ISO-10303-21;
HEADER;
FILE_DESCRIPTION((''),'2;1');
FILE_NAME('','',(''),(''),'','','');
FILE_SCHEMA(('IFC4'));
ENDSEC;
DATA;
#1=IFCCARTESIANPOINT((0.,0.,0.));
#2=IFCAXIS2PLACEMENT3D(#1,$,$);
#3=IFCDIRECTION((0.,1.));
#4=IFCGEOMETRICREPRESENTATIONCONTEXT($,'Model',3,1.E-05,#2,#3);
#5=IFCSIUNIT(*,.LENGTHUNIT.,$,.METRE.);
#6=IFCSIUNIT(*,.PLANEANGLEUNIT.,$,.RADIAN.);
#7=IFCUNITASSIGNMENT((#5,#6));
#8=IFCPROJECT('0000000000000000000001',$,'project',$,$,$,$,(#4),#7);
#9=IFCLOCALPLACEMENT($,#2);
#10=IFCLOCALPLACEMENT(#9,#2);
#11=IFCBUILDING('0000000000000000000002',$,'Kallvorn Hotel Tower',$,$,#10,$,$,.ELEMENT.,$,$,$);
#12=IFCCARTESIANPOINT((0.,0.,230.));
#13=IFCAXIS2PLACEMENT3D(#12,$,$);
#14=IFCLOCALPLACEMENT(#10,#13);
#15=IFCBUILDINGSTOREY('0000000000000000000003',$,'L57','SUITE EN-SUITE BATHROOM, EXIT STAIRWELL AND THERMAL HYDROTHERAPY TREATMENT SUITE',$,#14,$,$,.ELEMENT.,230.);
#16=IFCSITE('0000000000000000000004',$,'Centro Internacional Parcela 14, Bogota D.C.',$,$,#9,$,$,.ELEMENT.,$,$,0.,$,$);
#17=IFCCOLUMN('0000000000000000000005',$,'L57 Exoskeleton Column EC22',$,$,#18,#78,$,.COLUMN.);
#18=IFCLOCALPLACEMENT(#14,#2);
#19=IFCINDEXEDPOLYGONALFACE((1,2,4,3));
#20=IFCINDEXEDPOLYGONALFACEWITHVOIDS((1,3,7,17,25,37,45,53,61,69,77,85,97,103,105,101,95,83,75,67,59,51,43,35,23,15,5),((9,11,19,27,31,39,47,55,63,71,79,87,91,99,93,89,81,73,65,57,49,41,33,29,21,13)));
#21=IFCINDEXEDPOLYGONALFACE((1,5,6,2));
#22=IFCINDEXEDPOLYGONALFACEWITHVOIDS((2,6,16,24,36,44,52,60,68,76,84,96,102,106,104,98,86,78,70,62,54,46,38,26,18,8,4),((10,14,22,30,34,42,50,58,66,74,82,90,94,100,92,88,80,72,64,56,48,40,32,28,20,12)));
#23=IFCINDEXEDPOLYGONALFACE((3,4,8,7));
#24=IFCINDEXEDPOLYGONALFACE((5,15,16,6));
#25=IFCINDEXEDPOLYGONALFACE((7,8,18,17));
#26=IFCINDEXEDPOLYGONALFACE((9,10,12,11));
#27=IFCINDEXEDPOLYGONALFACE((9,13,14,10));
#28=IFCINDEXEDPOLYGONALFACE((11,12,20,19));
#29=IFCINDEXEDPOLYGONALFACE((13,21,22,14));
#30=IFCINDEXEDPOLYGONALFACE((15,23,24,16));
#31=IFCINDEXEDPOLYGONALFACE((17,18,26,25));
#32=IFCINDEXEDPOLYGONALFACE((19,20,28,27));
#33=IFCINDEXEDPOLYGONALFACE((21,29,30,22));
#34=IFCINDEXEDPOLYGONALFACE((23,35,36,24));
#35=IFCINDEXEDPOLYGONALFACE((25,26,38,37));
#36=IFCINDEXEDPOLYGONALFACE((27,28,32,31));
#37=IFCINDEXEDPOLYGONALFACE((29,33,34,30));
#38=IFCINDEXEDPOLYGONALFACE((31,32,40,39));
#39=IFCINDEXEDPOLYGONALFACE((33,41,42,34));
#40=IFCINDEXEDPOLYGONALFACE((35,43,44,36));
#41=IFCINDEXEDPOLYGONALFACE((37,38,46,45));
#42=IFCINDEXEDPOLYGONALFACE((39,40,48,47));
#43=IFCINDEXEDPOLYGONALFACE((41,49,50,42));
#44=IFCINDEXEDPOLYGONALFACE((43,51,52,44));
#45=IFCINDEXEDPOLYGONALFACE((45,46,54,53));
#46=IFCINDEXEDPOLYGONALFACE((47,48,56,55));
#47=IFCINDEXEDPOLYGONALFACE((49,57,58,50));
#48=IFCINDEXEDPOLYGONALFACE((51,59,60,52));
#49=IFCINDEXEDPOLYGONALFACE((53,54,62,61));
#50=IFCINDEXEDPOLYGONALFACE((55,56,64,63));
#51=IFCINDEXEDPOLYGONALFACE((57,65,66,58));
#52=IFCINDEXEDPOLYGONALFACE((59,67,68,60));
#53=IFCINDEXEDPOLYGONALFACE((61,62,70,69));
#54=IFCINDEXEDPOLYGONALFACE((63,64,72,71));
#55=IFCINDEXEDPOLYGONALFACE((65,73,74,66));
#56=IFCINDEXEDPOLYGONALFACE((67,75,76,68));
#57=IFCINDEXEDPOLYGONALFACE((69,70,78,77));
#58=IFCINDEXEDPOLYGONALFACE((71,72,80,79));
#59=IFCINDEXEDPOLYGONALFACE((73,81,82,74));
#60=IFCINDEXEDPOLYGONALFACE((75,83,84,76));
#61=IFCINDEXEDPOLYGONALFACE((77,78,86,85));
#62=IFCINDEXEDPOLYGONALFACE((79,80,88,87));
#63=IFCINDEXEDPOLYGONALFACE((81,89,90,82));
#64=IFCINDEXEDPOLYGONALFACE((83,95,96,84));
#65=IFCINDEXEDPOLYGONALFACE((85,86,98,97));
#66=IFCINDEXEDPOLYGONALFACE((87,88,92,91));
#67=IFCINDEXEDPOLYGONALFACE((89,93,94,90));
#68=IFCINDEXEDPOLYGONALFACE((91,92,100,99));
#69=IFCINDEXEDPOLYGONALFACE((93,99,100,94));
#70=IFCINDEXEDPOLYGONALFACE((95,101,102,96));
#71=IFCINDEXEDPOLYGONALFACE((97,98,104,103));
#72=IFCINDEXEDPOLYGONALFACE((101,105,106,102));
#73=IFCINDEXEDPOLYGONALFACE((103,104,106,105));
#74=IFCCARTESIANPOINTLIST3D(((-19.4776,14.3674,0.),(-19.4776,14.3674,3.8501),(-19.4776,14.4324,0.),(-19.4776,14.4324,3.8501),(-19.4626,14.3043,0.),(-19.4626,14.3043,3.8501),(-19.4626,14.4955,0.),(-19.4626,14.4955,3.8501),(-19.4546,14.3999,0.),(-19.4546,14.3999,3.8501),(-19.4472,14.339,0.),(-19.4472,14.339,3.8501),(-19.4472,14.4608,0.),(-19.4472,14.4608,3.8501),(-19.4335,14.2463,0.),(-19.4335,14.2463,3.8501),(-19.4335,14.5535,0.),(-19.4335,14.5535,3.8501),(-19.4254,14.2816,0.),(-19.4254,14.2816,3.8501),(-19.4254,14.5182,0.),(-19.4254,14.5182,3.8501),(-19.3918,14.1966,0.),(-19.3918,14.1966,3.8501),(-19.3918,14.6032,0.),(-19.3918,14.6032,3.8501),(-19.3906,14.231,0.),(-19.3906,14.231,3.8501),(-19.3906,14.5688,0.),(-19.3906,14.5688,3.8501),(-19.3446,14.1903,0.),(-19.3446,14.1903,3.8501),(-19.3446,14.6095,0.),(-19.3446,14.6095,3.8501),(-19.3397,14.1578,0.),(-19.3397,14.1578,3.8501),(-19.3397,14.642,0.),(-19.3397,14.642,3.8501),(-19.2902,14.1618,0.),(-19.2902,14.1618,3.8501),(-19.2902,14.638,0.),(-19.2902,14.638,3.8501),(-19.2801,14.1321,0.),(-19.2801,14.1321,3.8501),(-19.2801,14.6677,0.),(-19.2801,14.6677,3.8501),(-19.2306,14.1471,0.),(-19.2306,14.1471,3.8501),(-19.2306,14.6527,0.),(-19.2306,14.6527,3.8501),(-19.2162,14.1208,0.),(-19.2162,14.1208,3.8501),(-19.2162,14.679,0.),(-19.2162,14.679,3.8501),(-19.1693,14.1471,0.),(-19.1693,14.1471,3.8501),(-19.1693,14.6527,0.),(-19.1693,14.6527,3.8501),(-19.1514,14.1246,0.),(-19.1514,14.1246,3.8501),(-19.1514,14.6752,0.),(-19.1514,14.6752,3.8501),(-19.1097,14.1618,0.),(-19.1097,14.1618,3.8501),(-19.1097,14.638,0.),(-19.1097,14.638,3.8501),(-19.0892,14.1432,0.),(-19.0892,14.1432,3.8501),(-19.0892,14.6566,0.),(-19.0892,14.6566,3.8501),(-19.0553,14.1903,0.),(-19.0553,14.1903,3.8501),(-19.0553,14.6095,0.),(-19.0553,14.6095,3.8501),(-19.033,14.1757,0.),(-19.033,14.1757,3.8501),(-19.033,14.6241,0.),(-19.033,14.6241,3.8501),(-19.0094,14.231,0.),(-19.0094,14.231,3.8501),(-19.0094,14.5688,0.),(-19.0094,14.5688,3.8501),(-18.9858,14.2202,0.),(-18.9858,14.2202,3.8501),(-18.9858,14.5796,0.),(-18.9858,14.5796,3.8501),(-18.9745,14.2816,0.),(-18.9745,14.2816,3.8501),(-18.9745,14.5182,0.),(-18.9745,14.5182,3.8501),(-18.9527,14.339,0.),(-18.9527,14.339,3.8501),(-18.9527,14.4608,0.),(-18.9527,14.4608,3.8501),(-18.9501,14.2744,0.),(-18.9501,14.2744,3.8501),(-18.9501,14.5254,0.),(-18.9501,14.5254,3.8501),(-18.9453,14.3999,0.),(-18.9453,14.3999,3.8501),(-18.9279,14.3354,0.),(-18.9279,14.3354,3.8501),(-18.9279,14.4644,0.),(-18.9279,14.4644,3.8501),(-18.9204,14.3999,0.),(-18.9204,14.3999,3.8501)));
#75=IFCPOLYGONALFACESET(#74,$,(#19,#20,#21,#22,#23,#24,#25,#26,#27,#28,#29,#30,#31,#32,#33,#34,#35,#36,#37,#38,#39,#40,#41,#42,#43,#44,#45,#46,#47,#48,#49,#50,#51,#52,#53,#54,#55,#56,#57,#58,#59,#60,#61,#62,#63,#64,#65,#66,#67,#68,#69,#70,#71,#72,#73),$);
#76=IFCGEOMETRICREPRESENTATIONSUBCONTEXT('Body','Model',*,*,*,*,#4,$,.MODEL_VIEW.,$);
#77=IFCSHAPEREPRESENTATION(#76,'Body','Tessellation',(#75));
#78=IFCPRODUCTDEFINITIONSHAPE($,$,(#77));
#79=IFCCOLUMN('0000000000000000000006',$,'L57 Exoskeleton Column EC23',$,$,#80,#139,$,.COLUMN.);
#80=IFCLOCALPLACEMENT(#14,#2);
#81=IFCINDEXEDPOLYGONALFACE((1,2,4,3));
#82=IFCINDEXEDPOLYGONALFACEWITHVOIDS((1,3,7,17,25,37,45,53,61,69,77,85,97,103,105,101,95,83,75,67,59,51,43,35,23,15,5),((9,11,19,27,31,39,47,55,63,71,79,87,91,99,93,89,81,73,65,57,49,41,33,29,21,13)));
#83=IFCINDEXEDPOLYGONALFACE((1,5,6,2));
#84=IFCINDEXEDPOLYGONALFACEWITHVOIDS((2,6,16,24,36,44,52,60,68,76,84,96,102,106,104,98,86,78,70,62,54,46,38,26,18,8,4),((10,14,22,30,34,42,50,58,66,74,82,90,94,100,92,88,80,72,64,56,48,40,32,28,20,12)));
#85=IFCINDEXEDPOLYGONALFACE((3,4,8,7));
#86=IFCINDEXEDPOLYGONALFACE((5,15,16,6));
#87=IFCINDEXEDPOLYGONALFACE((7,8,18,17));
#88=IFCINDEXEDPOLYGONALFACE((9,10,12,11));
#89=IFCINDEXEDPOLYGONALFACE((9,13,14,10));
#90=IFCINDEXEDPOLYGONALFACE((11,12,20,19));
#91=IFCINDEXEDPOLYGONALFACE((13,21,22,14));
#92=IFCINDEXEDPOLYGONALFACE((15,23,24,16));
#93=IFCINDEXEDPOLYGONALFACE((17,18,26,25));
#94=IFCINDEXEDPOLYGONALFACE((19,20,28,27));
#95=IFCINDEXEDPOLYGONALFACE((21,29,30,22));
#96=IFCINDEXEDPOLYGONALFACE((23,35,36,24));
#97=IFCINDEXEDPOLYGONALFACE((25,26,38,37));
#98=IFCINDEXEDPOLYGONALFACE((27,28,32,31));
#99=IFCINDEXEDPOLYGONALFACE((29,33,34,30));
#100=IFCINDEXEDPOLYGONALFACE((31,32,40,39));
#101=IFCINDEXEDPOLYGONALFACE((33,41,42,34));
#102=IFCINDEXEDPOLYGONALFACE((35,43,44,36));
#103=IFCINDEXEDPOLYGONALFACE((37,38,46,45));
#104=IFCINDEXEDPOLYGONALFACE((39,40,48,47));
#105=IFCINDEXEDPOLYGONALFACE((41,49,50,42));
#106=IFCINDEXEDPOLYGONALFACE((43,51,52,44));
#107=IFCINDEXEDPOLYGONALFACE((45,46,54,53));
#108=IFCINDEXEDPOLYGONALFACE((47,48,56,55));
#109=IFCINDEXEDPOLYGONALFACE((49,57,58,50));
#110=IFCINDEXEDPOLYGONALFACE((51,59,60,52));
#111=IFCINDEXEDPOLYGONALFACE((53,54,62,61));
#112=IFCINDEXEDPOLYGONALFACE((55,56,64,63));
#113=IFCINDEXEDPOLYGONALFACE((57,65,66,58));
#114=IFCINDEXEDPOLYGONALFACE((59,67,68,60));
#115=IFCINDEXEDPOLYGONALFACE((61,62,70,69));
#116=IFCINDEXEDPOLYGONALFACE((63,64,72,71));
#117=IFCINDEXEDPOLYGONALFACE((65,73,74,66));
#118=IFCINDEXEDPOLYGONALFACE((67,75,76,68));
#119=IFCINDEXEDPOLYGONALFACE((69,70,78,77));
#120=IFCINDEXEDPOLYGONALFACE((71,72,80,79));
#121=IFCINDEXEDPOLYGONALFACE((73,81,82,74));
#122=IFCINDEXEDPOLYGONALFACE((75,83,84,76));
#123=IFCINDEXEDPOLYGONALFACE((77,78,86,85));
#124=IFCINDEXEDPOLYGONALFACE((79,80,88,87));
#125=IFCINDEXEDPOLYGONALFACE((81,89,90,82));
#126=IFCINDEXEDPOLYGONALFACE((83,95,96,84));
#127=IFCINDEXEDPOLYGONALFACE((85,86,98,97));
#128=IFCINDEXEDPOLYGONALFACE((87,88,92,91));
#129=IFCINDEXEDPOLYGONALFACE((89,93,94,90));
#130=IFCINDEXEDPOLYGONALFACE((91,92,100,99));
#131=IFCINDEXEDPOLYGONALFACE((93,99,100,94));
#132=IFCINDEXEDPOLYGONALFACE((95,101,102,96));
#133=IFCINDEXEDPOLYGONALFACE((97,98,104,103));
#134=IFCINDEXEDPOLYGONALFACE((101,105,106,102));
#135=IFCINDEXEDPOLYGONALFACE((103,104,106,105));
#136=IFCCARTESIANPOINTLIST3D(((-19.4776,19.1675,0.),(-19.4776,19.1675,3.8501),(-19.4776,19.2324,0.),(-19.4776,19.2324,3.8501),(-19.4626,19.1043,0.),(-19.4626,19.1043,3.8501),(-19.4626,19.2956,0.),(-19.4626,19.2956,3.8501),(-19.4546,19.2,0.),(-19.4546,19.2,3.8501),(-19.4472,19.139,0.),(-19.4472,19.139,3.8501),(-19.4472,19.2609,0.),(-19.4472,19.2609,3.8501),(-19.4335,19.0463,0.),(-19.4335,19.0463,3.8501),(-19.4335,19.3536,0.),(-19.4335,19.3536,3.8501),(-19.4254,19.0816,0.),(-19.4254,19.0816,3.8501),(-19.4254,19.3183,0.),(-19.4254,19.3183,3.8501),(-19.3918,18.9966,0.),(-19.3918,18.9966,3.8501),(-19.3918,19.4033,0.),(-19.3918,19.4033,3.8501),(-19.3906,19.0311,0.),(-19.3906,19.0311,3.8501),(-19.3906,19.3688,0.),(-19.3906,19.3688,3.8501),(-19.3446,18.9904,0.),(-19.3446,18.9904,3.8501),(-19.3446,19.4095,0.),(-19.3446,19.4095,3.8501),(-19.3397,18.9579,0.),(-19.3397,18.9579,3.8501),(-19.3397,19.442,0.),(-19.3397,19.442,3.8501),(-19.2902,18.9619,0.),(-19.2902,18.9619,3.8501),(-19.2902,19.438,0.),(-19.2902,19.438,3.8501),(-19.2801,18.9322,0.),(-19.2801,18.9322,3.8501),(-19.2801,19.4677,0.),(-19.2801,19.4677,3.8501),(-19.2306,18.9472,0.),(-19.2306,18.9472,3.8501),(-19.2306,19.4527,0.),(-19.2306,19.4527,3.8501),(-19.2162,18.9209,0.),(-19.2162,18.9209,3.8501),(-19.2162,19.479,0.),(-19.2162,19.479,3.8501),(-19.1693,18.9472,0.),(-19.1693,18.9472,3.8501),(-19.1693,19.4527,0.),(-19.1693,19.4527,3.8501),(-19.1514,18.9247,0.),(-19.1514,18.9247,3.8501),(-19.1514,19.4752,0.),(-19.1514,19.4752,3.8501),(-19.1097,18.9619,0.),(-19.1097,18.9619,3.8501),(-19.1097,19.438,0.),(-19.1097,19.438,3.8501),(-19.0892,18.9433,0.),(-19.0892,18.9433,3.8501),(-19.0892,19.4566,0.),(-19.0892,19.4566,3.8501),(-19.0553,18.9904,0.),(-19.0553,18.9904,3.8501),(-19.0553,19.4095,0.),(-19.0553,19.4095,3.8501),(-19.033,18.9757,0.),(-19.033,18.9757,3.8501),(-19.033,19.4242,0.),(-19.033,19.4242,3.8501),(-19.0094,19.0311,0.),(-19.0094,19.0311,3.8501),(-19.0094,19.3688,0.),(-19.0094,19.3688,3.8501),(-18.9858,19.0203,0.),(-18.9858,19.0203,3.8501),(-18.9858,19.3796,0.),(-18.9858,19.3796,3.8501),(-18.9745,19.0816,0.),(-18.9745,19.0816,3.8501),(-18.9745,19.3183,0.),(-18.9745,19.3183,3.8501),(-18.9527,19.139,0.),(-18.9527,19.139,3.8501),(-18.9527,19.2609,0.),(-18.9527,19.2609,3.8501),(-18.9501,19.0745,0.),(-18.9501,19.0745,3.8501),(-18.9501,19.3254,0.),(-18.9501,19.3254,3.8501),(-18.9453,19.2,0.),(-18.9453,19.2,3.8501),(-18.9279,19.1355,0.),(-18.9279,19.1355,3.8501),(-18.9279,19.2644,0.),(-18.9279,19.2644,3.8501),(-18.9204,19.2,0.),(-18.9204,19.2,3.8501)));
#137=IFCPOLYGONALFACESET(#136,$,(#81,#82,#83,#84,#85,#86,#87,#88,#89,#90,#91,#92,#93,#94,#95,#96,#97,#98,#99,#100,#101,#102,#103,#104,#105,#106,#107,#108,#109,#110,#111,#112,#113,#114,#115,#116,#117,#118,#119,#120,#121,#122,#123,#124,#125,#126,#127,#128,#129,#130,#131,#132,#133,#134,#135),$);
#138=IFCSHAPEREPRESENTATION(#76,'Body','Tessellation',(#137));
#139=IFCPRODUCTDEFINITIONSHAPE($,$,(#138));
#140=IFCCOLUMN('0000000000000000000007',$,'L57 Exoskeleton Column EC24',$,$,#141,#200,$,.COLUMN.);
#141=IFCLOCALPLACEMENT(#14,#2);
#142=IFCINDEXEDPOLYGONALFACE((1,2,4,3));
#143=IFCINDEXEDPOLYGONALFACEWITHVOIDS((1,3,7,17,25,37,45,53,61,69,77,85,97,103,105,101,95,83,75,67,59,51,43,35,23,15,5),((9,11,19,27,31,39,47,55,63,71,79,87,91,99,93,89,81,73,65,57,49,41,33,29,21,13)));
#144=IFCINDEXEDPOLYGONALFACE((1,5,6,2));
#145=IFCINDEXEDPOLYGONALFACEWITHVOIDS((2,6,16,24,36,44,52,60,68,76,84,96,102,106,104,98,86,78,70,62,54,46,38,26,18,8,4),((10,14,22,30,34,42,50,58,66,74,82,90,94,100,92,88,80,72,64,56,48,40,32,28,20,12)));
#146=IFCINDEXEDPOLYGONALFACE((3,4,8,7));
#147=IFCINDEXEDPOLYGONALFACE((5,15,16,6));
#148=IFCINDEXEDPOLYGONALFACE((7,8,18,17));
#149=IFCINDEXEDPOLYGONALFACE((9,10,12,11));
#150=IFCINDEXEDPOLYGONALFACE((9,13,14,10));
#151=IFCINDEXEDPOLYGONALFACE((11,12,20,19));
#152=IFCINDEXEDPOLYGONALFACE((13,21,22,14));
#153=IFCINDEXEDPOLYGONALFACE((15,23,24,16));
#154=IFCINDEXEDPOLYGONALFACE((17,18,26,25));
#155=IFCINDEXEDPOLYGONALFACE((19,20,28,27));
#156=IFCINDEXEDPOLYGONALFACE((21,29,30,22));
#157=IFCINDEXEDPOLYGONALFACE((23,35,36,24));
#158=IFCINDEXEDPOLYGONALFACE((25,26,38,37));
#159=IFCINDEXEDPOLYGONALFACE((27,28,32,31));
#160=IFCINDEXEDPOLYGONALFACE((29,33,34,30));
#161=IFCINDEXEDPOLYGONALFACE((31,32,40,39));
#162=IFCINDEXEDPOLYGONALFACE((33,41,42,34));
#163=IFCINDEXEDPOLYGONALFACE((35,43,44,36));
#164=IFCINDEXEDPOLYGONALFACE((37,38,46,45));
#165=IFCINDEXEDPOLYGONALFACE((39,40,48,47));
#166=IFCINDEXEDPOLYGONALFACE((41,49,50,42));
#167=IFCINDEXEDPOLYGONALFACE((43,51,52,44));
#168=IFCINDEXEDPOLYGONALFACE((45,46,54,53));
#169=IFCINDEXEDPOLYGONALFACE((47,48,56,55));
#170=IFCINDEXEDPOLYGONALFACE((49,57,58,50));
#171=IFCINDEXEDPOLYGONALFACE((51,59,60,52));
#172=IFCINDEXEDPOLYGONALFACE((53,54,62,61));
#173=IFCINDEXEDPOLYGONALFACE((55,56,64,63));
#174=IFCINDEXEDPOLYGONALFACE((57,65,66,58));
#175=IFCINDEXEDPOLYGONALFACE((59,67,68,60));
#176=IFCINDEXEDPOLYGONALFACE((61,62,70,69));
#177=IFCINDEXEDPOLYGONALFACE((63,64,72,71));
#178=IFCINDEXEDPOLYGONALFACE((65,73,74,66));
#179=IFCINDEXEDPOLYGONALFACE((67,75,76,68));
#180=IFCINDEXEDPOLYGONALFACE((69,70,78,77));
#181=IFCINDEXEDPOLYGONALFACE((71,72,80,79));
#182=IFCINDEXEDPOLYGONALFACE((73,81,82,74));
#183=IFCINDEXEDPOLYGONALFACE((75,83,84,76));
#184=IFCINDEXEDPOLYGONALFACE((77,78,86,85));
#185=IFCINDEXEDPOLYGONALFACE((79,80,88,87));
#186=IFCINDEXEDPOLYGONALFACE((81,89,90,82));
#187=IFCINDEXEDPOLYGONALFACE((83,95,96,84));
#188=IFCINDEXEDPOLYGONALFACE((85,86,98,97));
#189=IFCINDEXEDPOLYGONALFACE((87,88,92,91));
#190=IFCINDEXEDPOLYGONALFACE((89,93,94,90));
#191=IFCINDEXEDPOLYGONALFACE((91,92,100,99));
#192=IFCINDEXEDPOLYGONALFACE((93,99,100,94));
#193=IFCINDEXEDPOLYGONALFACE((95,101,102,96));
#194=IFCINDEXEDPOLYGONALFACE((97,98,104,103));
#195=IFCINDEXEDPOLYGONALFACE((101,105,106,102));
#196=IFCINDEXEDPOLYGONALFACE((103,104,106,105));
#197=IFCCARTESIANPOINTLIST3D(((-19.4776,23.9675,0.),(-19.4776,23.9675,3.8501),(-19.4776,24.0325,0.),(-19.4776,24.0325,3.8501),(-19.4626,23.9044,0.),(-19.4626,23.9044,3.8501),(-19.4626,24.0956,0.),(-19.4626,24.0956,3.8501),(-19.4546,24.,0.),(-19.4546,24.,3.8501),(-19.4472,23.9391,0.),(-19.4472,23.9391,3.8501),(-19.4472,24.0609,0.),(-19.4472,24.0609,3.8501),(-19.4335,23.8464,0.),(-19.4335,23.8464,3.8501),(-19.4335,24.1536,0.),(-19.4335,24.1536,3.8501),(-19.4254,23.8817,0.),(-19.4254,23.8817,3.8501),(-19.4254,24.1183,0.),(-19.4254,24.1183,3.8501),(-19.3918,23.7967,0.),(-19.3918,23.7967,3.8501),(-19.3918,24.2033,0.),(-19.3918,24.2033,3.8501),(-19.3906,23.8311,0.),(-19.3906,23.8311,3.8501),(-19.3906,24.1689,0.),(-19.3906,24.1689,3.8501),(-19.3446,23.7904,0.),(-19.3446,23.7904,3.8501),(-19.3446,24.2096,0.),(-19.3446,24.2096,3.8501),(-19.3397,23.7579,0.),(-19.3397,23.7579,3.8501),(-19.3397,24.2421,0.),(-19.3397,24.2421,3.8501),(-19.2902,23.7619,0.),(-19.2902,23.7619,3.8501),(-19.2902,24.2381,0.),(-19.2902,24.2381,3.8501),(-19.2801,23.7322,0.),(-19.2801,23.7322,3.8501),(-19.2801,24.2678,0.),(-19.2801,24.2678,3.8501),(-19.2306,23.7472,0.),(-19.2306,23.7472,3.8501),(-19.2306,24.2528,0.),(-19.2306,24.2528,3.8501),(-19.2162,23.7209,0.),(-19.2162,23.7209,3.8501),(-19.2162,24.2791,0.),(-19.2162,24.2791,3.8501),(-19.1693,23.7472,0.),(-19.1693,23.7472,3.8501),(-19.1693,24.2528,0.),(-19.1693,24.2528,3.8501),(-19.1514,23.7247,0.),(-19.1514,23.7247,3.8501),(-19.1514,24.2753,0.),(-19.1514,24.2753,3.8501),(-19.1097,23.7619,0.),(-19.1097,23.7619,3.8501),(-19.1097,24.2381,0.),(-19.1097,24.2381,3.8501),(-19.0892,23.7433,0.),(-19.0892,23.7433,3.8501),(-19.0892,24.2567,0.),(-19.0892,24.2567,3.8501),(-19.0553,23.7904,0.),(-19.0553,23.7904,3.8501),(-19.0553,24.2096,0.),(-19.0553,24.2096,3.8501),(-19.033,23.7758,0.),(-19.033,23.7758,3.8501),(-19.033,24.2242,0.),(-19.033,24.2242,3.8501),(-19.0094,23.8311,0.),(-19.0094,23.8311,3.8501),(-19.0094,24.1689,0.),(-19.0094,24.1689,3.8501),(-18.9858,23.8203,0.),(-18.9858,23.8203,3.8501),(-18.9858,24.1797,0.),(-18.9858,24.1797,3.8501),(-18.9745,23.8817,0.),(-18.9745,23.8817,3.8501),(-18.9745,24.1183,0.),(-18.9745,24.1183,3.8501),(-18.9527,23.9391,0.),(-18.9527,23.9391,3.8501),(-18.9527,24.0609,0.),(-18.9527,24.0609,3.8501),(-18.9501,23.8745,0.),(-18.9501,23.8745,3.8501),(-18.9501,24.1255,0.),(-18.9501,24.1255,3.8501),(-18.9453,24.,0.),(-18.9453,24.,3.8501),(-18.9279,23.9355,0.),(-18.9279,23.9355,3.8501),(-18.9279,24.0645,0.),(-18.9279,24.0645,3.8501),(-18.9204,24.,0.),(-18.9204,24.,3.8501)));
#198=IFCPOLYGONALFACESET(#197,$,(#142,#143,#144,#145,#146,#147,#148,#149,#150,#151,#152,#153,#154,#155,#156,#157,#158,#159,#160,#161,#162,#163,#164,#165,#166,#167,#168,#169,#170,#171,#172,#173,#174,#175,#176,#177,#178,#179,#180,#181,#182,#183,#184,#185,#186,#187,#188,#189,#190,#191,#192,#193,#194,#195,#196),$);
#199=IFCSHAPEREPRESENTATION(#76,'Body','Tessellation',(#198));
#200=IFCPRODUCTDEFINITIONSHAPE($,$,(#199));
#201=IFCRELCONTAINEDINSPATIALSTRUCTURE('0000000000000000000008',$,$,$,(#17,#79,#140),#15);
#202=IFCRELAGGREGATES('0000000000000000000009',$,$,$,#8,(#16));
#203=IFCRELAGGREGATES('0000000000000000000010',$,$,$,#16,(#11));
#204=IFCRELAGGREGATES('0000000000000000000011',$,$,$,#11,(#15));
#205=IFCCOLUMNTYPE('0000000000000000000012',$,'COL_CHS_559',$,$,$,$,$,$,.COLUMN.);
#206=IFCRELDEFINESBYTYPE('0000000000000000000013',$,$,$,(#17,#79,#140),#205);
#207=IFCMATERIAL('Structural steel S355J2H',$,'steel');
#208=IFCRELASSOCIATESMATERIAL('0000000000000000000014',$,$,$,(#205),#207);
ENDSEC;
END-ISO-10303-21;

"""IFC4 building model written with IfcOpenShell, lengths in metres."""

from ifc_helpers import new_model, si_unit, direction, frame, origin, origin_2d, place, context, subcontext, project, spatial, hollow_circle, extrude, material, material_profile, profile_set, type_object, element, save


model = new_model("IFC4")

# Units and contexts
model_context = context("Model", 3, precision=1e-05, world=origin(), true_north=direction((0.0, 1.0)))
body_context = subcontext(model_context, "Body", "Model", "MODEL_VIEW")
ifc_project = project(units=[si_unit("LENGTHUNIT", "METRE"), si_unit("PLANEANGLEUNIT", "RADIAN")], contexts=[model_context])

# Site, building, storey
site_placement = place(None, origin())
site = spatial("IfcSite", under=ifc_project, at=site_placement, Name="Centro Internacional Parcela 14, Bogota D.C.", CompositionType="ELEMENT", RefElevation=0.0)
building_placement = place(site_placement, origin())
building = spatial("IfcBuilding", under=site, at=building_placement, Name="Kallvorn Hotel Tower", CompositionType="ELEMENT")
storey_placement = place(building_placement, frame((0.0, 0.0, 230.0)))
storey = spatial("IfcBuildingStorey", under=building, at=storey_placement, Name="L57", Description="SUITE EN-SUITE BATHROOM, EXIT STAIRWELL AND THERMAL HYDROTHERAPY TREATMENT SUITE", CompositionType="ELEMENT", Elevation=230.0)

# Columns
ifc_material_1 = material(Name="Structural steel S355J2H", Category="steel")
ifc_material_profile_1 = material_profile(ifc_material_1, hollow_circle(Radius=0.2795, WallThickness=0.0249, at=origin_2d()), Name="CHS 559x25")
ifc_profile_set_1 = profile_set([ifc_material_profile_1], Name="Structural steel S355J2H")
column_type_1 = type_object("IfcColumnType", Name="COL_CHS_559", PredefinedType="COLUMN", material=ifc_profile_set_1)
for number, where, z_axis, x_axis, name in (
    (1, (-19.2, 14.3999, 0.0), (0.0, 0.0, 1.0), (1.0, 0.0, 0.0), "L57 Exoskeleton Column EC22"),
    (2, (-19.2, 19.2, 0.0), (0.0, 0.0, 1.0), (1.0, 0.0, 0.0), "L57 Exoskeleton Column EC23"),
    (3, (-19.2, 24.0, 0.0), (0.0, 0.0, 1.0), (1.0, 0.0, 0.0), "L57 Exoskeleton Column EC24"),
):
    element("IfcColumn", number, at=place(storey_placement, frame(where, z_axis=z_axis, x_axis=x_axis)), inside=storey, type_object=column_type_1, Name=name, PredefinedType="COLUMN", context=body_context, shape_type="SweptSolid", body=[
        extrude(hollow_circle(Radius=0.2795, WallThickness=0.0249, at=origin_2d()), origin(), (0.0, 0.0, 1.0), 3.8501),
    ])

save(model, "model.ifc")
